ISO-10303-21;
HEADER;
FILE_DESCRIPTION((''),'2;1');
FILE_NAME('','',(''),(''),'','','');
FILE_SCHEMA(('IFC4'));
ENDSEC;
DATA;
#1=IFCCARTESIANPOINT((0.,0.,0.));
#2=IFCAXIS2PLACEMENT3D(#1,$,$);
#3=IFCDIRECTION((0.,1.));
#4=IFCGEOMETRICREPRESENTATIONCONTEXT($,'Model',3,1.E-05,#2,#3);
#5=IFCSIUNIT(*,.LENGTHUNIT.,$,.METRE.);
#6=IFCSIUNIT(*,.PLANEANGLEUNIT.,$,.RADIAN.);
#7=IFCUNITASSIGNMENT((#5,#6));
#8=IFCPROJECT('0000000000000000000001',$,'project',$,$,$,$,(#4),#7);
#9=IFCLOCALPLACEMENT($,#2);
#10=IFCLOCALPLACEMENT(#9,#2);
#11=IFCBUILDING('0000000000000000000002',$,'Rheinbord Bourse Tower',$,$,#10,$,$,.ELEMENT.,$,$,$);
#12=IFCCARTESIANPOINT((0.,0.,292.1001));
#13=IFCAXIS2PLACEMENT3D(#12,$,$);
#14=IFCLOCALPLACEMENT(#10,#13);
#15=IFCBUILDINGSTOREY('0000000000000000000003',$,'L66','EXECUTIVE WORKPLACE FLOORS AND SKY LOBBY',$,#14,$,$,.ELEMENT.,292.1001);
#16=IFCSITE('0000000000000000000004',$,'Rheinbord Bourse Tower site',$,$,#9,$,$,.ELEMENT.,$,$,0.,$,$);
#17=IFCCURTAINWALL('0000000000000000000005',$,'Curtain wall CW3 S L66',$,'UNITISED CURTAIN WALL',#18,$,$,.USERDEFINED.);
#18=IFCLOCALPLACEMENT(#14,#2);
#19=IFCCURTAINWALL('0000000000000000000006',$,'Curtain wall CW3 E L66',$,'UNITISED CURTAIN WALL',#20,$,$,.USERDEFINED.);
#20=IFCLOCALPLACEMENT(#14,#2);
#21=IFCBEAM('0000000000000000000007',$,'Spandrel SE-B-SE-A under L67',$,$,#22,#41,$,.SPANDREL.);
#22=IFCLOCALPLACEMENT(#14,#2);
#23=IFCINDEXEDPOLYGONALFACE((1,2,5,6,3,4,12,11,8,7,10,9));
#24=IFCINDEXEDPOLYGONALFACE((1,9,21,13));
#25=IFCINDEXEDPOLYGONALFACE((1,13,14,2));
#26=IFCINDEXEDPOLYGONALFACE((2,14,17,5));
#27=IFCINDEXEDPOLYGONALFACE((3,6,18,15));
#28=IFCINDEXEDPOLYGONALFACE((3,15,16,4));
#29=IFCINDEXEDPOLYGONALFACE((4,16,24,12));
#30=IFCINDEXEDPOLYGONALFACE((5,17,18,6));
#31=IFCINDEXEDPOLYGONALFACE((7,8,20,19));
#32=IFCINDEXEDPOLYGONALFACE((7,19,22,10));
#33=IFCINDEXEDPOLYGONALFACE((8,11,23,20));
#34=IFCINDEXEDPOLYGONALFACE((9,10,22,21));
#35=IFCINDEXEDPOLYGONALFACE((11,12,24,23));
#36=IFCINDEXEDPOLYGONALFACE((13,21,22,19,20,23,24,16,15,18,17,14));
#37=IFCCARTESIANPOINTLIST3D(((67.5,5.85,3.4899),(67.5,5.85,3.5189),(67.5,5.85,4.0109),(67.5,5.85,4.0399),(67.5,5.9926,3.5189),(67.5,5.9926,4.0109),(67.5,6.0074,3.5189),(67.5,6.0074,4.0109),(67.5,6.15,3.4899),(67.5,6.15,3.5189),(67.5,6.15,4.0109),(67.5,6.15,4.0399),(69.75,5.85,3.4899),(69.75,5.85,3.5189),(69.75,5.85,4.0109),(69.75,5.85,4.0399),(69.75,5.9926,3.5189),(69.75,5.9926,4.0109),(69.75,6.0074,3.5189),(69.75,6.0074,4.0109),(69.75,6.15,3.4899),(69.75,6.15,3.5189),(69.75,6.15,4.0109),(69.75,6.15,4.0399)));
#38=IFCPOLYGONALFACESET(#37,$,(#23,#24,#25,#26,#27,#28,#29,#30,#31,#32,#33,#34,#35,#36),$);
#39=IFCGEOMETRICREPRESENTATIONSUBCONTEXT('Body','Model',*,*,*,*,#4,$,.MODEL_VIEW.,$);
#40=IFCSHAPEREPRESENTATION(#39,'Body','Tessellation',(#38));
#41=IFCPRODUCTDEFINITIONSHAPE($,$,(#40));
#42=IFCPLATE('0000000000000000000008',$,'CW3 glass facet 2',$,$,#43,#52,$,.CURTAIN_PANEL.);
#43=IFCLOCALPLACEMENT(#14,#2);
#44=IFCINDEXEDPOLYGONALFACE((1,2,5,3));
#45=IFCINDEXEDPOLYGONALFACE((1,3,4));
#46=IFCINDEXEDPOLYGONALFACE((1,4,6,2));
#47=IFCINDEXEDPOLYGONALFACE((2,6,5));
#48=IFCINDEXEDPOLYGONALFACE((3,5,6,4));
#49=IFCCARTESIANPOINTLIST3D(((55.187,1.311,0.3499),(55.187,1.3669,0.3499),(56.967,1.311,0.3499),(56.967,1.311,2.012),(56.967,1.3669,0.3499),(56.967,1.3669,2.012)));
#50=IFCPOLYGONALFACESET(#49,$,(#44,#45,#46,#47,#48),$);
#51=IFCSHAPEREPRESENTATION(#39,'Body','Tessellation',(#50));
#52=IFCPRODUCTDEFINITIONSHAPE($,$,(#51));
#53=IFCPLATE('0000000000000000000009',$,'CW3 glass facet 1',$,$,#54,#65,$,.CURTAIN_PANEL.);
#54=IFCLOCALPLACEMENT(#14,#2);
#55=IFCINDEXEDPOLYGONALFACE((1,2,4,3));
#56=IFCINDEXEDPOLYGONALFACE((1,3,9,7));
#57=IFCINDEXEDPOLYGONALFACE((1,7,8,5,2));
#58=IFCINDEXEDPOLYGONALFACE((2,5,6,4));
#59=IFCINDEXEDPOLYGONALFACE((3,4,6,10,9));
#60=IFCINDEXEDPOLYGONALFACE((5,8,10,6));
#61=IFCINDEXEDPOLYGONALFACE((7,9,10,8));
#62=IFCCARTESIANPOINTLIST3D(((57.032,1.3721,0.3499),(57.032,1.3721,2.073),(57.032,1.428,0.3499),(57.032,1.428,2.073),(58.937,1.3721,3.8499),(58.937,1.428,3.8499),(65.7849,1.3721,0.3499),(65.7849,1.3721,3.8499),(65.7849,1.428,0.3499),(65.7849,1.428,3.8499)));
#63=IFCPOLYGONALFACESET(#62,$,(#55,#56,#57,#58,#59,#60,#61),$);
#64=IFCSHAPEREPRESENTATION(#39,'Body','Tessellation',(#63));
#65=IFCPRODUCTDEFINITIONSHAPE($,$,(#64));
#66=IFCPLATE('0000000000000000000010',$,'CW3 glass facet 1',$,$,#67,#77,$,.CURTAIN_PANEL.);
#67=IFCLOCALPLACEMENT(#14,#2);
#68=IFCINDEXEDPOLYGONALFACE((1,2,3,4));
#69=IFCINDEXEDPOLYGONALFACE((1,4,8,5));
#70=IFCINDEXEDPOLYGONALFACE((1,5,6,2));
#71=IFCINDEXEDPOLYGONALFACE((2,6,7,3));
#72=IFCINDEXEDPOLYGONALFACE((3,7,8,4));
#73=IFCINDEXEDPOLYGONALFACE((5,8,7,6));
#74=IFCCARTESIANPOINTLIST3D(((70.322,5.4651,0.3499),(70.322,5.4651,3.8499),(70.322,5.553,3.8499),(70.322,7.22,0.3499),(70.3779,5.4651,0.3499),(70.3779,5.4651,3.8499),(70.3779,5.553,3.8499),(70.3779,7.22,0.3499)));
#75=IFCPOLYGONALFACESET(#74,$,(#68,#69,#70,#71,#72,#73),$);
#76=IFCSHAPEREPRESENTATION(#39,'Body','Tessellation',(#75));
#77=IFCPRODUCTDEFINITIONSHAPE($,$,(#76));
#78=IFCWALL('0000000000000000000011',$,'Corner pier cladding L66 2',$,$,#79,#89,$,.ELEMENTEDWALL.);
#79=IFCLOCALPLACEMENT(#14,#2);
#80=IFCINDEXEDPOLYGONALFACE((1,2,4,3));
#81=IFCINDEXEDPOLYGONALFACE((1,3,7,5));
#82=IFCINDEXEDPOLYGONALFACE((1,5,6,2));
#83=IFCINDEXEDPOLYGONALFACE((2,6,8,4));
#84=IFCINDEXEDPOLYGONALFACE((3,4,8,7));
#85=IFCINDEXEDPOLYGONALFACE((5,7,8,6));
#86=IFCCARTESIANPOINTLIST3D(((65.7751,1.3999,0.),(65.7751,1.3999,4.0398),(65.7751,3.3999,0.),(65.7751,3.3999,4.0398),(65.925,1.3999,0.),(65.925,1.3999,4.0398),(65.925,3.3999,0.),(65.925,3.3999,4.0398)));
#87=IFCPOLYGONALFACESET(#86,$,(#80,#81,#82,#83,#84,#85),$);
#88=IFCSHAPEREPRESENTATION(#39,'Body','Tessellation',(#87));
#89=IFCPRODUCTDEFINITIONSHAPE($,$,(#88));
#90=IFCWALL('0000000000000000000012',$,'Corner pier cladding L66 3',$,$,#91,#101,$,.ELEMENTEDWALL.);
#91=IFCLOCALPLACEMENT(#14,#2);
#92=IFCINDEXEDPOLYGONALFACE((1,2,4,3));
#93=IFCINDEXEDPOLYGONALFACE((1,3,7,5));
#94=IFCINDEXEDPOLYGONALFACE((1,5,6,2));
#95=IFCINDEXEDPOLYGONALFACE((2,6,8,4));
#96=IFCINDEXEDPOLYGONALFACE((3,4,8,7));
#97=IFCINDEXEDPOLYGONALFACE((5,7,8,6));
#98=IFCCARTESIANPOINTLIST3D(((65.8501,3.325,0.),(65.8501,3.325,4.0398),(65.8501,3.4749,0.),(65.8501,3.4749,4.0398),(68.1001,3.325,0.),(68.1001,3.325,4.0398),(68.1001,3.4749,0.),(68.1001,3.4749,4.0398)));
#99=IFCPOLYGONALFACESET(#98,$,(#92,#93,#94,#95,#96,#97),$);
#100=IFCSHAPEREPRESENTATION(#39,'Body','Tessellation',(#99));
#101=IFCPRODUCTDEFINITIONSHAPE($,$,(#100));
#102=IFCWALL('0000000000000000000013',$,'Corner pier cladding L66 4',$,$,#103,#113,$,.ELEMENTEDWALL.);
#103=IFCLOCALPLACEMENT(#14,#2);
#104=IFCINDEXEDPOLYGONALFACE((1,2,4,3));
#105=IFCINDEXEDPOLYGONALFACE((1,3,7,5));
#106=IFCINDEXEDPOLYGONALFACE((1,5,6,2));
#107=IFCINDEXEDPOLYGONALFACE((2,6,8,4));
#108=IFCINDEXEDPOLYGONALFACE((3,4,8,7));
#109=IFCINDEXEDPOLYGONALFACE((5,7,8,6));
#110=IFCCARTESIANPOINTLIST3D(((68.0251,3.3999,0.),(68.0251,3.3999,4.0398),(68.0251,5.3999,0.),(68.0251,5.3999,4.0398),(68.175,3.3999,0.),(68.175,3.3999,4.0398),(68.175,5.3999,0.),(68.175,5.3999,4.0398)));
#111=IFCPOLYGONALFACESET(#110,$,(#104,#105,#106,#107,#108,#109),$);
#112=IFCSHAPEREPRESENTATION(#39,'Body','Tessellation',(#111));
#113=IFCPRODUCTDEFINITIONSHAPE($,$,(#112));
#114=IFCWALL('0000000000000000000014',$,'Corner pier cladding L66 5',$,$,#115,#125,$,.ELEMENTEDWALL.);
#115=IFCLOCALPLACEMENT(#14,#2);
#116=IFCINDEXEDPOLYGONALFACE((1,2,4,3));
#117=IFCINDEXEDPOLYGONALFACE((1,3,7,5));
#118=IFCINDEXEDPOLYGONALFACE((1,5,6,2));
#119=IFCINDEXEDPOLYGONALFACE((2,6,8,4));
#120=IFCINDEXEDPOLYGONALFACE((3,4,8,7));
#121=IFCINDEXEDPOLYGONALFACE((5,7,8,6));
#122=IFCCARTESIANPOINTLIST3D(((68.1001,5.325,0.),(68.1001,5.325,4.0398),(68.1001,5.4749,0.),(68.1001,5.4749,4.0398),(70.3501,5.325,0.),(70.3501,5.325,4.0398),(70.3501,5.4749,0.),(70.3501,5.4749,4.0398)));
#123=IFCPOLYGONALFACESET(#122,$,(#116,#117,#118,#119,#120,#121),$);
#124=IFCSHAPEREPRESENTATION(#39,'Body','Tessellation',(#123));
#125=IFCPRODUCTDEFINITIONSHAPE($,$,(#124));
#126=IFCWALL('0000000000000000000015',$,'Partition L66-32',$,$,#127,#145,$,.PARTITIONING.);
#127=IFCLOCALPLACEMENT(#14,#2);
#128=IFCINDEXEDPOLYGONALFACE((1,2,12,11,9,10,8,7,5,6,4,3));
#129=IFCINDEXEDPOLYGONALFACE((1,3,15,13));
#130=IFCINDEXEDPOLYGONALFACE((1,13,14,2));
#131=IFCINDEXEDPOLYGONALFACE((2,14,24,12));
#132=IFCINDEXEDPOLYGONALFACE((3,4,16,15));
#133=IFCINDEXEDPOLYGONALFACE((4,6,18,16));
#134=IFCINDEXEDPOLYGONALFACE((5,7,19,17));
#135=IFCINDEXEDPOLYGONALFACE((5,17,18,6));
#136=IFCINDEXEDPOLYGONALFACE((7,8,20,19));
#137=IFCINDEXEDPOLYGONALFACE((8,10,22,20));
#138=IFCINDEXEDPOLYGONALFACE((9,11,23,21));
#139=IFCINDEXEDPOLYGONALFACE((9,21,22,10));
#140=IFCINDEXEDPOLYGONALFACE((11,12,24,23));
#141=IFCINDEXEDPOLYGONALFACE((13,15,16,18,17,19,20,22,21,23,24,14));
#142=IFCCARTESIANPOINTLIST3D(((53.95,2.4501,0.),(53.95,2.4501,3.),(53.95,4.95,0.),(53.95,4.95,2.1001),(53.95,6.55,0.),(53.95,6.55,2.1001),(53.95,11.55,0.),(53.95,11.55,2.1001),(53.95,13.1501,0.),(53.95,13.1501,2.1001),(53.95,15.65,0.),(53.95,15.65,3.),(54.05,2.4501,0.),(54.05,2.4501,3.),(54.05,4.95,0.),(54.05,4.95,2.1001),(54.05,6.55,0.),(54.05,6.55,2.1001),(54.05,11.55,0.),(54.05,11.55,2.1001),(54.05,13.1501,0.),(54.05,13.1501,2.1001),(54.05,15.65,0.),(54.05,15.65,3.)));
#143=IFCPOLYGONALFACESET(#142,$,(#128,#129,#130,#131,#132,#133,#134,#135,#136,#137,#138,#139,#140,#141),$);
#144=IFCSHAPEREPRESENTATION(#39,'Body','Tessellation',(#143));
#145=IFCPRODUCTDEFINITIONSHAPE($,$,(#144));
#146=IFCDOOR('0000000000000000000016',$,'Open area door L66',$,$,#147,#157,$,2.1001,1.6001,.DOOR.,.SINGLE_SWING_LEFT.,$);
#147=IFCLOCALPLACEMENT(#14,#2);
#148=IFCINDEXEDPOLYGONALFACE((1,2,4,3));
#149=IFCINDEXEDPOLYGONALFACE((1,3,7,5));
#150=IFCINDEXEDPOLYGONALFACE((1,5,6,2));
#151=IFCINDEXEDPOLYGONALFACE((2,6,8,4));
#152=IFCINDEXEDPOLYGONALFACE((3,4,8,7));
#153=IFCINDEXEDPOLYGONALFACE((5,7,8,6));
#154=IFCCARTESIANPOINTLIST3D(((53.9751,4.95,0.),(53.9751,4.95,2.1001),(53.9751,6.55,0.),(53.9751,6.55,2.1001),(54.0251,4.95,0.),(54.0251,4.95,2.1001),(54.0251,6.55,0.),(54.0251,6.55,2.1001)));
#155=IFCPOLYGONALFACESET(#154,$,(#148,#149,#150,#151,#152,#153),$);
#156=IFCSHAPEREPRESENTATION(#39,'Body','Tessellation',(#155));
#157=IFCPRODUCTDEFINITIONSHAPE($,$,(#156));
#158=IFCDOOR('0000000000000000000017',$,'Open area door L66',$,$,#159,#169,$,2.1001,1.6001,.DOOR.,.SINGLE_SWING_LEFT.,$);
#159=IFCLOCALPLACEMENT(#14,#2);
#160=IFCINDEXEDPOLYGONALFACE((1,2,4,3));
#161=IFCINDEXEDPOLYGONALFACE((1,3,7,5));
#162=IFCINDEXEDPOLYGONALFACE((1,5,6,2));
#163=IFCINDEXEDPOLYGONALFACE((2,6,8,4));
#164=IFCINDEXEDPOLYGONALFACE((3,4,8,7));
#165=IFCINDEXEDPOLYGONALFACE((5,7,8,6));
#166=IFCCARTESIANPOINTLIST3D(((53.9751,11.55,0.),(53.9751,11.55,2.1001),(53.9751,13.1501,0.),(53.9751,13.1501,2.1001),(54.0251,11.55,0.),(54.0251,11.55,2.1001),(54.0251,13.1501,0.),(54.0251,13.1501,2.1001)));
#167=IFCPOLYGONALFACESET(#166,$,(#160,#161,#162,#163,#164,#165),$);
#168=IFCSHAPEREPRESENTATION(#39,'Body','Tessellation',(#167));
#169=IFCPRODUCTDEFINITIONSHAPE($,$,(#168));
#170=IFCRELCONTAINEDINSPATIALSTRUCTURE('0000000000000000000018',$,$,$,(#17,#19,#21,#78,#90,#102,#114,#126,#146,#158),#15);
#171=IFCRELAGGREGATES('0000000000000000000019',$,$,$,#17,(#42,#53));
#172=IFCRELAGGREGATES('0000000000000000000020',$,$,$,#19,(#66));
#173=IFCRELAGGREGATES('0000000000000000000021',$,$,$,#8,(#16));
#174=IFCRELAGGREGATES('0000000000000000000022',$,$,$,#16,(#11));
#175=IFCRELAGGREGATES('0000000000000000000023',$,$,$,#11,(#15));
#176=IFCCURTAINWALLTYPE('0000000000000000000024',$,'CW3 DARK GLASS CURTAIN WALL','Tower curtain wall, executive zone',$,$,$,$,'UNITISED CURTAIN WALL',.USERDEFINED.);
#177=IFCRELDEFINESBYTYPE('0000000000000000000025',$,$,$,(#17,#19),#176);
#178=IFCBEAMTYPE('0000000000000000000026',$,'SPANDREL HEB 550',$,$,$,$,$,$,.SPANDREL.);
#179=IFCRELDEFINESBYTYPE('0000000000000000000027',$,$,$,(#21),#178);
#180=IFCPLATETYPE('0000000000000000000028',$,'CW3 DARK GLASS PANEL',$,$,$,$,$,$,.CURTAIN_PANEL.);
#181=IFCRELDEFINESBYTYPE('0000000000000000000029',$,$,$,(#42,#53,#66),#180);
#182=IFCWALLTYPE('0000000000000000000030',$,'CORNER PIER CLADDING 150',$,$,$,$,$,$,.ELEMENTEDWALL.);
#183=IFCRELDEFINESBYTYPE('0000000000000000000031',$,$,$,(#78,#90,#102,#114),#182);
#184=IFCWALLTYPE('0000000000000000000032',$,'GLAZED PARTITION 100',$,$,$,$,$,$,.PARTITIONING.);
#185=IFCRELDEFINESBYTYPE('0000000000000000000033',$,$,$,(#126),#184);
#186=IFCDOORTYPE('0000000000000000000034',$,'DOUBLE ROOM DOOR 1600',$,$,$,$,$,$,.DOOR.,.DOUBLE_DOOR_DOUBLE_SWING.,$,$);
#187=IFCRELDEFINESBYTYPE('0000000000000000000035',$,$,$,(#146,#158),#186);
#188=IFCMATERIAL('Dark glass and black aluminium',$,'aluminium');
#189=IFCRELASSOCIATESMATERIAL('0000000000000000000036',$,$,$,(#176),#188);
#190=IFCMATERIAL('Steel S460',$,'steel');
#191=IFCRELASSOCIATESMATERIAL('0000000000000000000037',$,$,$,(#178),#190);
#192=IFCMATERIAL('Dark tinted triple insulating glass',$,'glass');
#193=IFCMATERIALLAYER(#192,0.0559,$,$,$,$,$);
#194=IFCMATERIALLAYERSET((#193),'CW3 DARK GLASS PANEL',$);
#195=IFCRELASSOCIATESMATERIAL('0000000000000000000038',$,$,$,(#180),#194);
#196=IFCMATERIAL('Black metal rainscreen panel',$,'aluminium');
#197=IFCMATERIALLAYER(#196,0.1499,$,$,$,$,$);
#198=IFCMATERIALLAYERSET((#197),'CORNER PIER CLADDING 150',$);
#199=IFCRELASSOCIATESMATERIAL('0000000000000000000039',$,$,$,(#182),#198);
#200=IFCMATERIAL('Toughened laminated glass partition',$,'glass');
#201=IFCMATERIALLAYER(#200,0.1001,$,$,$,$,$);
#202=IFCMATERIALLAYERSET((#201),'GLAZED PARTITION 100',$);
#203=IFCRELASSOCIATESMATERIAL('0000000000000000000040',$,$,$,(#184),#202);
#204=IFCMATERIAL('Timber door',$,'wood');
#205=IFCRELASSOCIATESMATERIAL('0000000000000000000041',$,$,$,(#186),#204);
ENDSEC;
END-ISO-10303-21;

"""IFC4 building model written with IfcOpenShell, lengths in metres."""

from ifc_helpers import new_model, si_unit, direction, frame, frame_2d, origin, origin_2d, place, context, subcontext, project, spatial, polyline, rectangle, i_section, outline, extrude, material, layer, layer_set, material_profile, profile_set, type_object, element, fill, aggregate, save


model = new_model("IFC4")

# Units and contexts
model_context = context("Model", 3, precision=1e-05, world=origin(), true_north=direction((0.0, 1.0)))
body_context = subcontext(model_context, "Body", "Model", "MODEL_VIEW")
ifc_project = project(units=[si_unit("LENGTHUNIT", "METRE"), si_unit("PLANEANGLEUNIT", "RADIAN")], contexts=[model_context])

# Site, building, storey
site_placement = place(None, origin())
site = spatial("IfcSite", under=ifc_project, at=site_placement, Name="Rheinbord Bourse Tower site", CompositionType="ELEMENT", RefElevation=0.0)
building_placement = place(site_placement, origin())
building = spatial("IfcBuilding", under=site, at=building_placement, Name="Rheinbord Bourse Tower", CompositionType="ELEMENT")
storey_placement = place(building_placement, frame((0.0, 0.0, 292.1001)))
storey = spatial("IfcBuildingStorey", under=building, at=storey_placement, Name="L66", Description="EXECUTIVE WORKPLACE FLOORS AND SKY LOBBY", CompositionType="ELEMENT", Elevation=292.1001)

# Curtain wall
ifc_material_1 = material(Name="Dark glass and black aluminium", Category="aluminium")
curtain_wall_type = type_object("IfcCurtainWallType", Name="CW3 DARK GLASS CURTAIN WALL", Description="Tower curtain wall, executive zone", ElementType="UNITISED CURTAIN WALL", PredefinedType="USERDEFINED", material=ifc_material_1)
curtain_wall_1_placement = place(storey_placement, origin())
curtain_wall_1 = element("IfcCurtainWall", 1, at=curtain_wall_1_placement, inside=storey, type_object=curtain_wall_type, Name="Curtain wall CW3 S L66", ObjectType="UNITISED CURTAIN WALL", PredefinedType="USERDEFINED")

# Curtain wall
curtain_wall_2_placement = place(storey_placement, origin())
curtain_wall_2 = element("IfcCurtainWall", 2, at=curtain_wall_2_placement, inside=storey, type_object=curtain_wall_type, Name="Curtain wall CW3 E L66", ObjectType="UNITISED CURTAIN WALL", PredefinedType="USERDEFINED")

# Beam
ifc_material_2 = material(Name="Steel S460", Category="steel")
ifc_material_profile_1 = material_profile(ifc_material_2, i_section(OverallWidth=0.3, OverallDepth=0.55, WebThickness=0.0149, FlangeThickness=0.0291, at=origin_2d()), Name="HEB 550")
ifc_profile_set_1 = profile_set([ifc_material_profile_1], Name="Steel S460")
beam_type_1 = type_object("IfcBeamType", Name="SPANDREL HEB 550", PredefinedType="SPANDREL", material=ifc_profile_set_1)
beam_1_placement = place(storey_placement, frame((67.5, 6.0, 3.7649), z_axis=(1.0, 0.0, 0.0), x_axis=(0.0, 1.0, 0.0)))
element("IfcBeam", 3, at=beam_1_placement, inside=storey, type_object=beam_type_1, Name="Spandrel SE-B-SE-A under L67", PredefinedType="SPANDREL", context=body_context, shape_type="SweptSolid", body=[
    extrude(i_section(OverallWidth=0.3, OverallDepth=0.55, WebThickness=0.0149, FlangeThickness=0.0291, at=origin_2d()), origin(), (0.0, 0.0, 1.0), 2.25),
])

# Plates
ifc_material_3 = material(Name="Dark tinted triple insulating glass", Category="glass")
ifc_layer_1 = layer(ifc_material_3, 0.0559)
ifc_layer_set_1 = layer_set([ifc_layer_1], Name="CW3 DARK GLASS PANEL")
plate_type = type_object("IfcPlateType", Name="CW3 DARK GLASS PANEL", PredefinedType="CURTAIN_PANEL", material=ifc_layer_set_1)
plate_1_placement = place(storey_placement, frame((56.967, 1.311, 0.3499), z_axis=(0.0, 1.0, 0.0), x_axis=(-1.0, 0.0, 0.0)))
plate_1 = element("IfcPlate", 4, at=plate_1_placement, type_object=plate_type, Name="CW3 glass facet 2", PredefinedType="CURTAIN_PANEL", context=body_context, shape_type="SweptSolid", body=[
    extrude(outline(polyline([(0.0, 0.0), (1.78, 0.0), (0.0, 1.6621), (0.0, 0.0)])), origin(), (0.0, 0.0, 1.0), 0.0559),
])
plate_2_placement = place(storey_placement, frame((65.7849, 1.3721, 3.8499), z_axis=(0.0, 1.0, 0.0), x_axis=(0.0, 0.0, -1.0)))
plate_2 = element("IfcPlate", 5, at=plate_2_placement, type_object=plate_type, Name="CW3 glass facet 1", PredefinedType="CURTAIN_PANEL", context=body_context, shape_type="SweptSolid", body=[
    extrude(outline(polyline([(0.0, 0.0), (3.5, 0.0), (3.5, 8.7529), (1.7769, 8.7529), (0.0, 6.8479), (0.0, 0.0)])), origin(), (0.0, 0.0, 1.0), 0.0559),
])
aggregate(curtain_wall_1, [plate_1, plate_2])
plate_3_placement = place(storey_placement, frame((70.3779, 5.4651, 0.3499), z_axis=(-1.0, 0.0, 0.0), x_axis=(0.0, 0.0, 1.0)))
plate_3 = element("IfcPlate", 6, at=plate_3_placement, type_object=plate_type, Name="CW3 glass facet 1", PredefinedType="CURTAIN_PANEL", context=body_context, shape_type="SweptSolid", body=[
    extrude(outline(polyline([(0.0, 0.0), (3.5, 0.0), (3.5, 0.0879), (0.0, 1.7549), (0.0, 0.0)])), origin(), (0.0, 0.0, 1.0), 0.0559),
])
aggregate(curtain_wall_2, [plate_3])

# Walls
ifc_material_4 = material(Name="Black metal rainscreen panel", Category="aluminium")
ifc_layer_2 = layer(ifc_material_4, 0.1499)
ifc_layer_set_2 = layer_set([ifc_layer_2], Name="CORNER PIER CLADDING 150")
wall_type_1 = type_object("IfcWallType", Name="CORNER PIER CLADDING 150", PredefinedType="ELEMENTEDWALL", material=ifc_layer_set_2)
wall_1_placement = place(storey_placement, frame((65.8501, 1.3999, 0.0), z_axis=(0.0, 0.0, 1.0), x_axis=(0.0, 1.0, 0.0)))
element("IfcWall", 7, at=wall_1_placement, inside=storey, type_object=wall_type_1, Name="Corner pier cladding L66 2", PredefinedType="ELEMENTEDWALL", context=body_context, shape_type="SweptSolid", body=[
    extrude(rectangle(XDim=2.0, YDim=0.1499, at=frame_2d((1.0, 0.0))), origin(), (0.0, 0.0, 1.0), 4.0398),
])
wall_2_placement = place(storey_placement, frame((65.8501, 3.3999, 0.0), z_axis=(0.0, 0.0, 1.0), x_axis=(1.0, 0.0, 0.0)))
element("IfcWall", 8, at=wall_2_placement, inside=storey, type_object=wall_type_1, Name="Corner pier cladding L66 3", PredefinedType="ELEMENTEDWALL", context=body_context, shape_type="SweptSolid", body=[
    extrude(rectangle(XDim=2.25, YDim=0.1499, at=frame_2d((1.125, 0.0))), origin(), (0.0, 0.0, 1.0), 4.0398),
])
wall_3_placement = place(storey_placement, frame((68.1001, 3.3999, 0.0), z_axis=(0.0, 0.0, 1.0), x_axis=(0.0, 1.0, 0.0)))
element("IfcWall", 9, at=wall_3_placement, inside=storey, type_object=wall_type_1, Name="Corner pier cladding L66 4", PredefinedType="ELEMENTEDWALL", context=body_context, shape_type="SweptSolid", body=[
    extrude(rectangle(XDim=2.0, YDim=0.1499, at=frame_2d((1.0, 0.0))), origin(), (0.0, 0.0, 1.0), 4.0398),
])
wall_4_placement = place(storey_placement, frame((68.1001, 5.3999, 0.0), z_axis=(0.0, 0.0, 1.0), x_axis=(1.0, 0.0, 0.0)))
element("IfcWall", 10, at=wall_4_placement, inside=storey, type_object=wall_type_1, Name="Corner pier cladding L66 5", PredefinedType="ELEMENTEDWALL", context=body_context, shape_type="SweptSolid", body=[
    extrude(rectangle(XDim=2.25, YDim=0.1499, at=frame_2d((1.125, 0.0))), origin(), (0.0, 0.0, 1.0), 4.0398),
])

# Wall, openings, doors
ifc_material_5 = material(Name="Toughened laminated glass partition", Category="glass")
ifc_layer_3 = layer(ifc_material_5, 0.1001)
ifc_layer_set_3 = layer_set([ifc_layer_3], Name="GLAZED PARTITION 100")
wall_type_2 = type_object("IfcWallType", Name="GLAZED PARTITION 100", PredefinedType="PARTITIONING", material=ifc_layer_set_3)
wall_5_placement = place(storey_placement, frame((54.0, 2.45, 0.0), z_axis=(0.0, 0.0, 1.0), x_axis=(0.0, 1.0, 0.0)))
wall_5 = element("IfcWall", 11, at=wall_5_placement, inside=storey, type_object=wall_type_2, Name="Partition L66-32", PredefinedType="PARTITIONING", context=body_context, shape_type="SweptSolid", body=[
    extrude(rectangle(XDim=13.2, YDim=0.1001, at=frame_2d((6.6001, 0.0))), origin(), (0.0, 0.0, 1.0), 3.0),
])
opening_1_placement = place(wall_5_placement, frame((2.5, 0.0, 0.0)))
opening_1 = element("IfcOpeningElement", 12, at=opening_1_placement, cuts=wall_5, PredefinedType="OPENING", context=body_context, shape_type="SweptSolid", body=[
    extrude(rectangle(XDim=1.6001, YDim=2.1001, at=frame_2d((0.8, 1.05))), frame((0.0, 0.0601, 0.0), z_axis=(0.0, -1.0, 0.0), x_axis=(1.0, 0.0, 0.0)), (0.0, 0.0, 1.0), 0.1201),
])
opening_2_placement = place(wall_5_placement, frame((9.1001, 0.0, 0.0)))
opening_2 = element("IfcOpeningElement", 13, at=opening_2_placement, cuts=wall_5, PredefinedType="OPENING", context=body_context, shape_type="SweptSolid", body=[
    extrude(rectangle(XDim=1.6001, YDim=2.1001, at=frame_2d((0.8, 1.05))), frame((0.0, 0.0601, 0.0), z_axis=(0.0, -1.0, 0.0), x_axis=(1.0, 0.0, 0.0)), (0.0, 0.0, 1.0), 0.1201),
])
ifc_material_6 = material(Name="Timber door", Category="wood")
door_type = type_object("IfcDoorType", Name="DOUBLE ROOM DOOR 1600", OperationType="DOUBLE_DOOR_DOUBLE_SWING", PredefinedType="DOOR", material=ifc_material_6)
door_1_placement = place(opening_1_placement, origin())
door_1 = element("IfcDoor", 14, at=door_1_placement, inside=storey, type_object=door_type, Name="Open area door L66", OperationType="SINGLE_SWING_LEFT", OverallHeight=2.1001, OverallWidth=1.6001, PredefinedType="DOOR", context=body_context, shape_type="SweptSolid", body=[
    extrude(rectangle(XDim=1.6001, YDim=2.1001, at=frame_2d((0.8, 1.05))), frame((0.0, 0.0249, 0.0), z_axis=(0.0, -1.0, 0.0), x_axis=(1.0, 0.0, 0.0)), (0.0, 0.0, 1.0), 0.05),
])
fill(opening_1, door_1)
door_2_placement = place(opening_2_placement, origin())
door_2 = element("IfcDoor", 15, at=door_2_placement, inside=storey, type_object=door_type, Name="Open area door L66", OperationType="SINGLE_SWING_LEFT", OverallHeight=2.1001, OverallWidth=1.6001, PredefinedType="DOOR", context=body_context, shape_type="SweptSolid", body=[
    extrude(rectangle(XDim=1.6001, YDim=2.1001, at=frame_2d((0.8, 1.05))), frame((0.0, 0.0249, 0.0), z_axis=(0.0, -1.0, 0.0), x_axis=(1.0, 0.0, 0.0)), (0.0, 0.0, 1.0), 0.05),
])
fill(opening_2, door_2)

save(model, "model.ifc")
